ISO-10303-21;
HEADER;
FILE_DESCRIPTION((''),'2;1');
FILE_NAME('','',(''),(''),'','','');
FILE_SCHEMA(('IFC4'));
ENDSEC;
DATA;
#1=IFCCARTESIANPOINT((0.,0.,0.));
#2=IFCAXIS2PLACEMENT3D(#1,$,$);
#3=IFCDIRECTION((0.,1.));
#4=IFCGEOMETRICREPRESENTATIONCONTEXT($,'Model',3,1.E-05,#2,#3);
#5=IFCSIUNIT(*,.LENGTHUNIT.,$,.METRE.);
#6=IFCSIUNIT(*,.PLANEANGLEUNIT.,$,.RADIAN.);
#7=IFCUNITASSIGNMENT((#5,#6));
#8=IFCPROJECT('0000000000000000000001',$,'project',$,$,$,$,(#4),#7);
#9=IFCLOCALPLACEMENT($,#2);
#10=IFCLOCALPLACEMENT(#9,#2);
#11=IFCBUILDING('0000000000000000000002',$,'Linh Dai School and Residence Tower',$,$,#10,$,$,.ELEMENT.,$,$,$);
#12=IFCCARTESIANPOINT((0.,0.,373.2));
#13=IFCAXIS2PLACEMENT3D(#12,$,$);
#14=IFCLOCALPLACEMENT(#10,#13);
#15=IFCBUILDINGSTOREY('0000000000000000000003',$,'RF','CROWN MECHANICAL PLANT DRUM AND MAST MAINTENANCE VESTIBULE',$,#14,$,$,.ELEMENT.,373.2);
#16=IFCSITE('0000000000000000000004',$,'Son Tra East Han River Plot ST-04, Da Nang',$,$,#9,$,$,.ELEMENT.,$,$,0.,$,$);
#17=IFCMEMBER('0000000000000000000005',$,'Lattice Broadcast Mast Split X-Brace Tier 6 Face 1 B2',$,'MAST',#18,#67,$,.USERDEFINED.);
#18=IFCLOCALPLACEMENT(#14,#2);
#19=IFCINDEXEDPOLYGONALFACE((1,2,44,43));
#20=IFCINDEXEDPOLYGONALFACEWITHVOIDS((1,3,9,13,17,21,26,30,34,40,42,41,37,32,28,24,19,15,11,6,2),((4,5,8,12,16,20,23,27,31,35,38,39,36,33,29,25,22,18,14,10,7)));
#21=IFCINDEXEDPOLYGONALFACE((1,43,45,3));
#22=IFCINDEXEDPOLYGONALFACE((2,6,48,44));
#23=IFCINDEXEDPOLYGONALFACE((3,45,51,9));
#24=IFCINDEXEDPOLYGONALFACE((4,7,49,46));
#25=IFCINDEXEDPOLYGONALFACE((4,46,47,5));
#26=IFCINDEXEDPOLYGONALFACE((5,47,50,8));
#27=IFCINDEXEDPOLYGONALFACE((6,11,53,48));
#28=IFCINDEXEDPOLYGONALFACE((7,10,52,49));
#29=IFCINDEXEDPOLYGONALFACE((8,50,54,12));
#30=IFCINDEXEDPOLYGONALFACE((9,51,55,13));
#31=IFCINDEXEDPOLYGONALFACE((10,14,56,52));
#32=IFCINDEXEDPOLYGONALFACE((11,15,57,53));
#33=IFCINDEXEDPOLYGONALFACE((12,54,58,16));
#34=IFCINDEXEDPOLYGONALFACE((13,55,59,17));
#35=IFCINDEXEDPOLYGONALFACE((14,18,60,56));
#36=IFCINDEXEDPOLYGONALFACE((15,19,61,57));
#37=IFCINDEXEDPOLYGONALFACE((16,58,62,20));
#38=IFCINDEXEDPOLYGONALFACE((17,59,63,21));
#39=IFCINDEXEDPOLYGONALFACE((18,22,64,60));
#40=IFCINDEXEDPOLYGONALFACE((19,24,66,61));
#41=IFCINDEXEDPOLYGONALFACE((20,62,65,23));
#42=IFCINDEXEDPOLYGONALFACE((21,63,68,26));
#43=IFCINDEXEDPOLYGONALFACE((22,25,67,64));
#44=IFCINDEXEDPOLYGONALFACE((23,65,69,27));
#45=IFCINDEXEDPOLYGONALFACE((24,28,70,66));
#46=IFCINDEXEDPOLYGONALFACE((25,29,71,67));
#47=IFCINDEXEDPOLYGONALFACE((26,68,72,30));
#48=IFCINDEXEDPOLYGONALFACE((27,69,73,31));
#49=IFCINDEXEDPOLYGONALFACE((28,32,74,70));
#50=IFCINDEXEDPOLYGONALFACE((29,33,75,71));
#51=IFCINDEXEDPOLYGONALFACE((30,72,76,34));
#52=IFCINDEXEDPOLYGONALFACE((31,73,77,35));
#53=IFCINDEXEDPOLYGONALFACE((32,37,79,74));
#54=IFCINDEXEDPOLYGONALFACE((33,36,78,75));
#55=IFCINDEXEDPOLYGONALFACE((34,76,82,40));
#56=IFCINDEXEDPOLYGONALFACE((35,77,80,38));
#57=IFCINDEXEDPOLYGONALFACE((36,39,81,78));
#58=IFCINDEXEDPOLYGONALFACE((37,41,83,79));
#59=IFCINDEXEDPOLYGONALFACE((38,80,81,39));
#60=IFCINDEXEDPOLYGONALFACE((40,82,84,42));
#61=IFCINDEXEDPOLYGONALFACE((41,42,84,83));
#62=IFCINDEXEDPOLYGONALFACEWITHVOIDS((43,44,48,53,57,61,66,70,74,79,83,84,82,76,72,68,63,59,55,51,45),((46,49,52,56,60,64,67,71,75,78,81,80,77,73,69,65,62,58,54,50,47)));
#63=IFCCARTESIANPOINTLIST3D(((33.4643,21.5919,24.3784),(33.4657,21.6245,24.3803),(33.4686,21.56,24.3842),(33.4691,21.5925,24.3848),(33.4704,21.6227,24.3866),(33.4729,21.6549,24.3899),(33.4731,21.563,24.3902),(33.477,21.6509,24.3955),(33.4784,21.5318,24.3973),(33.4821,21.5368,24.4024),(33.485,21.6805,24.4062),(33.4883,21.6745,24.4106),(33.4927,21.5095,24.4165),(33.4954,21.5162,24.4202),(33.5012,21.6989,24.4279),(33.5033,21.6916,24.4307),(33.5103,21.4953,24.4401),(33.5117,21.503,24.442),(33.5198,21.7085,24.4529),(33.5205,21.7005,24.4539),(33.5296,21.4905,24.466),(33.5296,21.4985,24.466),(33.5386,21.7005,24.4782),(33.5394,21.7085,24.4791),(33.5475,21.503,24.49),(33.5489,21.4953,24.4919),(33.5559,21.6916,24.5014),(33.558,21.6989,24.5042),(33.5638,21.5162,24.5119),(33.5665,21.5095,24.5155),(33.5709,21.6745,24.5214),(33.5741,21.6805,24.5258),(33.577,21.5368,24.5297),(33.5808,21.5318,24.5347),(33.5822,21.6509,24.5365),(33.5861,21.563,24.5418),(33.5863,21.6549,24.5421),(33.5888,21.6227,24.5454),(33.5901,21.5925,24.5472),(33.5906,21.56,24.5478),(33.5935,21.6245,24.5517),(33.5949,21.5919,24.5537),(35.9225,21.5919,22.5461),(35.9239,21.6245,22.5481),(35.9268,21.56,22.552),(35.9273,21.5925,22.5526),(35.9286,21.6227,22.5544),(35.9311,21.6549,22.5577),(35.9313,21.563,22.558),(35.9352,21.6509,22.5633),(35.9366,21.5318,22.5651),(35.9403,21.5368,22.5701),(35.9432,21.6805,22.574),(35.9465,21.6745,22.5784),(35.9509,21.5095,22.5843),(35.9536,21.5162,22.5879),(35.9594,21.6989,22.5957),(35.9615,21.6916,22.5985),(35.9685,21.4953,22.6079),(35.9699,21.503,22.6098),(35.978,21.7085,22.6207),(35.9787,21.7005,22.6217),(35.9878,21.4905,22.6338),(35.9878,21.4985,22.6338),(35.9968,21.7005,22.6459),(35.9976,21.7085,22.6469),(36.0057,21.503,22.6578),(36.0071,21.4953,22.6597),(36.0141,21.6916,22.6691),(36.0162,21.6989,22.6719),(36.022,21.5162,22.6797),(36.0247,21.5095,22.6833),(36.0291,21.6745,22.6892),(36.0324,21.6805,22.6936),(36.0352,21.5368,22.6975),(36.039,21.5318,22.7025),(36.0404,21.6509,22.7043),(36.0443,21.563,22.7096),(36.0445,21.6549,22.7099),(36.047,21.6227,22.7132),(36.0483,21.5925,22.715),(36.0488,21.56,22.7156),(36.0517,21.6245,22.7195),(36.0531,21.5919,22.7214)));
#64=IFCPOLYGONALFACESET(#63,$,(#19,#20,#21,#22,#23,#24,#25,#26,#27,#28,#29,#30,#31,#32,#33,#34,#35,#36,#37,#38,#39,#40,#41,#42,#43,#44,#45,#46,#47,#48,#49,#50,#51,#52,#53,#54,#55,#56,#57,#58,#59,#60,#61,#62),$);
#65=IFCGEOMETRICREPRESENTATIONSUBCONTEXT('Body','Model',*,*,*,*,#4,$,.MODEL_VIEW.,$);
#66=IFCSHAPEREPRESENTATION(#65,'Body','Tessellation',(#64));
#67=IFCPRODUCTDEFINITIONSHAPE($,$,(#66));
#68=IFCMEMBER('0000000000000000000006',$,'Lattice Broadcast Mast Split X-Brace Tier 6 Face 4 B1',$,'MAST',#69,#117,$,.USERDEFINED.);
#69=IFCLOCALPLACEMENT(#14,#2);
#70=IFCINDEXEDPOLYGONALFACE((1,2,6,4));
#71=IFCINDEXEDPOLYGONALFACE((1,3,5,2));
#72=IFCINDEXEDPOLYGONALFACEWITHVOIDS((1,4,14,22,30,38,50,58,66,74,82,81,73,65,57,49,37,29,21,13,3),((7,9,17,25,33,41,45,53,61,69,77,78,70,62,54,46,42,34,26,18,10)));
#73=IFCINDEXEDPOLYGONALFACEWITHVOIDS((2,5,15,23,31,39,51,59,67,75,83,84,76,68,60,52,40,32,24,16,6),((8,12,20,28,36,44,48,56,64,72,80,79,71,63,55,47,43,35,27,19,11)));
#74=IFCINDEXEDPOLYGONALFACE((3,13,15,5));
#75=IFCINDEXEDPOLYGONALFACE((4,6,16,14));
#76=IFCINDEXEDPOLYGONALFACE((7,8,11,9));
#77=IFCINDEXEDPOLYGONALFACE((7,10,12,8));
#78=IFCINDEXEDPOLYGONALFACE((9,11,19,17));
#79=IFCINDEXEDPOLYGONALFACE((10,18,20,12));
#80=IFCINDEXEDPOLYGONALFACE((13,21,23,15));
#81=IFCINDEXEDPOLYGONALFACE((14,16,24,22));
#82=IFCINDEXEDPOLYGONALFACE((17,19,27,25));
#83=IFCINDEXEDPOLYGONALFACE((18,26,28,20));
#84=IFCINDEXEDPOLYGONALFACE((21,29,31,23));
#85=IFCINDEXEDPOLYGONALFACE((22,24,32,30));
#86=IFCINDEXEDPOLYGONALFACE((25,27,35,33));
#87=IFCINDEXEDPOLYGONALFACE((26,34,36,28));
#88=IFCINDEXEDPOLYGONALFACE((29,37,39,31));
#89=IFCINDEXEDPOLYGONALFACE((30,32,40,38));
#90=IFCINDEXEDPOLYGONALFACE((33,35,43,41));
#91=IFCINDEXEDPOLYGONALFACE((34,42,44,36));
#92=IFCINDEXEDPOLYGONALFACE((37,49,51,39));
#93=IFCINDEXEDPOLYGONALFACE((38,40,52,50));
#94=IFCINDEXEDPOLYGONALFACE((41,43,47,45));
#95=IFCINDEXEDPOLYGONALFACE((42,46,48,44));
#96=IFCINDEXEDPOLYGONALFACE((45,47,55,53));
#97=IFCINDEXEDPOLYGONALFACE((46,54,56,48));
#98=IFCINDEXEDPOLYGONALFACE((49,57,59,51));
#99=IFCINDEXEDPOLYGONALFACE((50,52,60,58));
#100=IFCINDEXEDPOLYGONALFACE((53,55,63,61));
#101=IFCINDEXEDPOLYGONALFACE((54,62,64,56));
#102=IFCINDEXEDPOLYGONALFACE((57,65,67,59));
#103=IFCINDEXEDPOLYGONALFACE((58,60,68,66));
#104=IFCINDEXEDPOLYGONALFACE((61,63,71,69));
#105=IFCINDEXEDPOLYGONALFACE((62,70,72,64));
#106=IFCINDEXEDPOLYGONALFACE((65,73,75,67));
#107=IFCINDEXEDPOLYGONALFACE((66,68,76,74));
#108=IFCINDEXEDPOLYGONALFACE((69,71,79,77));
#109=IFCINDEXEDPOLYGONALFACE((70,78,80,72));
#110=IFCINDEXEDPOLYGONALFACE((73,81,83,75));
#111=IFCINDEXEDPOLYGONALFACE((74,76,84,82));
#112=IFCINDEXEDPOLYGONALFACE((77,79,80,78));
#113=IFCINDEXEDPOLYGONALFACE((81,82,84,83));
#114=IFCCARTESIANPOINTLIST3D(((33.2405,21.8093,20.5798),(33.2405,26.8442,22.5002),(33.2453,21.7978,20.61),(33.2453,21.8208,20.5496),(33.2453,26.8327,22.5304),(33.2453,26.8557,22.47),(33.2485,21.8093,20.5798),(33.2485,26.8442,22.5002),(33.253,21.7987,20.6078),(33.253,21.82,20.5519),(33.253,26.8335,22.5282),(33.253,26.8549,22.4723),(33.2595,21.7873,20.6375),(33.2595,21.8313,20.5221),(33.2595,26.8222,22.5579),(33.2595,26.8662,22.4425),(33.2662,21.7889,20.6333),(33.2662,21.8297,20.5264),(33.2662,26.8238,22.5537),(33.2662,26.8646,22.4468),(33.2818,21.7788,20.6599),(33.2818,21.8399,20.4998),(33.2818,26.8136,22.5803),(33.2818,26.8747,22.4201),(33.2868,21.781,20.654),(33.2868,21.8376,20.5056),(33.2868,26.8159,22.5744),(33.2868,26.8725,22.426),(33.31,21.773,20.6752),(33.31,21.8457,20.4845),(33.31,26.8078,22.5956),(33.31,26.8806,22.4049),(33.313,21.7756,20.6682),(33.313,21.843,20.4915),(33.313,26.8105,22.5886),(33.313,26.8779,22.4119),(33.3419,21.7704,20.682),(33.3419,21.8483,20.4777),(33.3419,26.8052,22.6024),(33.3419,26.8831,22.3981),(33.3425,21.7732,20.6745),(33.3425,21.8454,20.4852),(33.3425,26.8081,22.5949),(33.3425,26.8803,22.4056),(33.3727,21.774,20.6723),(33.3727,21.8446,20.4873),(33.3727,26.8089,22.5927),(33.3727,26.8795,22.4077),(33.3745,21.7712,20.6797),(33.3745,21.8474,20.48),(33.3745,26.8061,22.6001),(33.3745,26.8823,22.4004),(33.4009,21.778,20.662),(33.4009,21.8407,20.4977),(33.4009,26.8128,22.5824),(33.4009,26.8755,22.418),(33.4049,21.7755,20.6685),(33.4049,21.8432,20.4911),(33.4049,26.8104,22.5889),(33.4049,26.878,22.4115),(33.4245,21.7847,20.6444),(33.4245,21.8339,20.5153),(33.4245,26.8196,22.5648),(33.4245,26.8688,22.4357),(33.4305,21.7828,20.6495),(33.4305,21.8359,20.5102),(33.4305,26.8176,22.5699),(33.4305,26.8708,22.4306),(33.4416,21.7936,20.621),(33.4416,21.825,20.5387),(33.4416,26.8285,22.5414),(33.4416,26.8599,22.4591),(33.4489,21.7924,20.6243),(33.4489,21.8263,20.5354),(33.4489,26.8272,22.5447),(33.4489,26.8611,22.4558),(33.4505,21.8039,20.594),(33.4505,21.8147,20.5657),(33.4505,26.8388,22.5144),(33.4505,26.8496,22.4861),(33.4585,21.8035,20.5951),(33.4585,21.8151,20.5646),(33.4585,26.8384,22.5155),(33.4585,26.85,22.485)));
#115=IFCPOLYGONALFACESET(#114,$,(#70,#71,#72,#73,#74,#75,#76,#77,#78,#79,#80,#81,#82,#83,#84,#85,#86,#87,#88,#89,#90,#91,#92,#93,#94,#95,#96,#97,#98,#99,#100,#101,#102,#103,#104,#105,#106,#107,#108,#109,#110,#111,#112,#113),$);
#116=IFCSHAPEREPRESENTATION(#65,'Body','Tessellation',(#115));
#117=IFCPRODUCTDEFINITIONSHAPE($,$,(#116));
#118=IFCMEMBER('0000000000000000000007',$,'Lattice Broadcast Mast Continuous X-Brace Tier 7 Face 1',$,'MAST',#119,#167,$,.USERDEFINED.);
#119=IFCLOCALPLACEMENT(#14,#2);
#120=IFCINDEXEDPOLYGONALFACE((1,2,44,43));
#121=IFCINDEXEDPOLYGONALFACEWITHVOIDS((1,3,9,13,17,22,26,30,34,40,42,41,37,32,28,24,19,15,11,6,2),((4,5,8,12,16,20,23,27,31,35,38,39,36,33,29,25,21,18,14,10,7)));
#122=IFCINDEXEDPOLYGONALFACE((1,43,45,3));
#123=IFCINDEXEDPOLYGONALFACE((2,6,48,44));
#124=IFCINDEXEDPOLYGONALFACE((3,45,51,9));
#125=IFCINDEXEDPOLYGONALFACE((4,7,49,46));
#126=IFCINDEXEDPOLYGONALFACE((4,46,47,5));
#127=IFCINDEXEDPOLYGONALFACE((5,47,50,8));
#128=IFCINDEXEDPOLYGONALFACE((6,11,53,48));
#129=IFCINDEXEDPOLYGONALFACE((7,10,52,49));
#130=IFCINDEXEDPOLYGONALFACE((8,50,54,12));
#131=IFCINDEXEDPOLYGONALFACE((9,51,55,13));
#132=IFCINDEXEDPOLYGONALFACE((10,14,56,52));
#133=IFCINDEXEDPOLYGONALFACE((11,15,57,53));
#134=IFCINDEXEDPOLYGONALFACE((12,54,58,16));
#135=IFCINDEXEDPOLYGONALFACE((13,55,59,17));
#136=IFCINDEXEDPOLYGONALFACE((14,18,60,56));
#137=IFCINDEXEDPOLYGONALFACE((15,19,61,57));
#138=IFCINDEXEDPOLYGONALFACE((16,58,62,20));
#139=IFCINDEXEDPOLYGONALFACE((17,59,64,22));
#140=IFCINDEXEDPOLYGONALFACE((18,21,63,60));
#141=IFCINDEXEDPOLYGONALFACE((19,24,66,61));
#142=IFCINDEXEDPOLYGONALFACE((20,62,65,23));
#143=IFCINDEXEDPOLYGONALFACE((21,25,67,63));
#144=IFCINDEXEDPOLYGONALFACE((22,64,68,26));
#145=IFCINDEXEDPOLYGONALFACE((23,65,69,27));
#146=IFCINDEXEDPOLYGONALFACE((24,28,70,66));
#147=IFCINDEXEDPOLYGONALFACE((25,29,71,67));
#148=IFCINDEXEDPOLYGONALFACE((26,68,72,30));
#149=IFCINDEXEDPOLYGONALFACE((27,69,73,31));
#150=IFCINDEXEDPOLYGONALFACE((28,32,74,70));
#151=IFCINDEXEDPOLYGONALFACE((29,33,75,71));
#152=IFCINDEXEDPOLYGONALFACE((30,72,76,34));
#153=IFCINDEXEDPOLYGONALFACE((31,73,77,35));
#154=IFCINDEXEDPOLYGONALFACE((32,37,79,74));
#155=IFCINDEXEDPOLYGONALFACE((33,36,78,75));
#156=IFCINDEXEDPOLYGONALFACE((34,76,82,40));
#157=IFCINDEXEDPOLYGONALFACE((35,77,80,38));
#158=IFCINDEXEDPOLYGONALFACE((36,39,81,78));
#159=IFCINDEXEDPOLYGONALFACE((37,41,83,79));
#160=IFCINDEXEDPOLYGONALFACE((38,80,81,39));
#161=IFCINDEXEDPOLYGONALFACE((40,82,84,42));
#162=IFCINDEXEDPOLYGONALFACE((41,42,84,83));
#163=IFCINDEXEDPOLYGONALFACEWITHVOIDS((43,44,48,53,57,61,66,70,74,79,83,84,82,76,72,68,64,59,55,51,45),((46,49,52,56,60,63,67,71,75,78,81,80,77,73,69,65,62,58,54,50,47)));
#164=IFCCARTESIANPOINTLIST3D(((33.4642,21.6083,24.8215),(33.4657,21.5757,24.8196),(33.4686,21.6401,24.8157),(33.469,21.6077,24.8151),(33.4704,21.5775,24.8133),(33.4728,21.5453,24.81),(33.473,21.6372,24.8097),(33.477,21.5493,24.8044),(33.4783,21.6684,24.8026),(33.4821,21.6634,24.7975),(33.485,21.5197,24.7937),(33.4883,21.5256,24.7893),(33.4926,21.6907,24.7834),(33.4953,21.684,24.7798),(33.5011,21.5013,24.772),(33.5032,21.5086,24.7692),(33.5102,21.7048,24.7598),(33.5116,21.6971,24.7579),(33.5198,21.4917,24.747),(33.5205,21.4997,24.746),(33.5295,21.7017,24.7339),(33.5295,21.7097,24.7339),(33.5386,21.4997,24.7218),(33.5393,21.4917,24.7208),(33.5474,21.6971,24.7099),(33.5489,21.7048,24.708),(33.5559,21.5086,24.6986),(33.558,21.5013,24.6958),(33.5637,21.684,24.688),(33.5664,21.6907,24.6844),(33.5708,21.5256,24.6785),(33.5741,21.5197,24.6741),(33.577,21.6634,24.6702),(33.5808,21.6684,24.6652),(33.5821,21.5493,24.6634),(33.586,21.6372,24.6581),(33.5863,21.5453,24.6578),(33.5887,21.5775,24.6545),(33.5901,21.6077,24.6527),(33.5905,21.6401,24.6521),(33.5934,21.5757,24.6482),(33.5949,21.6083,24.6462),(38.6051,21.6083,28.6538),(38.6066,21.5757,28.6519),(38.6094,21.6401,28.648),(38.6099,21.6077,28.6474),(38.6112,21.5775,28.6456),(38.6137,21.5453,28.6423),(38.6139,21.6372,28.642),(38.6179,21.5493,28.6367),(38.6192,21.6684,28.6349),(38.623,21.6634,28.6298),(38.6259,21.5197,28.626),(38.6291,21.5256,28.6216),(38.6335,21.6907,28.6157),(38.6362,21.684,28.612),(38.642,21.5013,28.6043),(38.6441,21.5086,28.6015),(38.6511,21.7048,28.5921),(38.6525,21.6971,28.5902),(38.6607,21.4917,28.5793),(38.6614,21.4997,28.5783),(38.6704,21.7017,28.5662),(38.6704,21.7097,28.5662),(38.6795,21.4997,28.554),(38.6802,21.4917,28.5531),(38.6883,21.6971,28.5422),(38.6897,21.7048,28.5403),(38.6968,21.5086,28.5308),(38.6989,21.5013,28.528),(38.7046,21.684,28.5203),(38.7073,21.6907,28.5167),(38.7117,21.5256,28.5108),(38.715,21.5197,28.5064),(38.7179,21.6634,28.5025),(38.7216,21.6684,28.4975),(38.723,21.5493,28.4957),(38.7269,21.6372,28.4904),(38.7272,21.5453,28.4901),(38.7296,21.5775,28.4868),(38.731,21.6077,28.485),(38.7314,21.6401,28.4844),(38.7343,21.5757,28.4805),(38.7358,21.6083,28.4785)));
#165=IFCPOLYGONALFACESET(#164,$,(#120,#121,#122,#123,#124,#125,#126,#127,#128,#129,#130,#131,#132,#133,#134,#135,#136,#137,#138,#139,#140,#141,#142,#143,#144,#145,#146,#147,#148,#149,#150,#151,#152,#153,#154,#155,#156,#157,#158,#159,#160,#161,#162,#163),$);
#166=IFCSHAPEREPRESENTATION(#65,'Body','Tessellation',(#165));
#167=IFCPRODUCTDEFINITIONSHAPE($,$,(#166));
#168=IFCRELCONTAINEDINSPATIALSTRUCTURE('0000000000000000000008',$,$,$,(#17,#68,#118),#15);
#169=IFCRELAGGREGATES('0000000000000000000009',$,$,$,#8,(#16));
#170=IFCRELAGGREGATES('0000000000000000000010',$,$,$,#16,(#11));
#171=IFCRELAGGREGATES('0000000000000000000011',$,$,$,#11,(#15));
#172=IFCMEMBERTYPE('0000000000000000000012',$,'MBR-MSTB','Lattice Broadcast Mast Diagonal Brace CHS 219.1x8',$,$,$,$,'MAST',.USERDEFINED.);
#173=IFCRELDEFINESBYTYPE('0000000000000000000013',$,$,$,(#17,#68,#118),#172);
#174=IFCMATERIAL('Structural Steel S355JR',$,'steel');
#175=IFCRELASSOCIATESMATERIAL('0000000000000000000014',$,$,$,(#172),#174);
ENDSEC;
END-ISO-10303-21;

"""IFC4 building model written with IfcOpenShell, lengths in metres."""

from ifc_helpers import new_model, si_unit, direction, frame, origin, origin_2d, place, context, subcontext, project, spatial, hollow_circle, extrude, material, material_profile, profile_set, type_object, element, save


model = new_model("IFC4")

# Units and contexts
model_context = context("Model", 3, precision=1e-05, world=origin(), true_north=direction((0.0, 1.0)))
body_context = subcontext(model_context, "Body", "Model", "MODEL_VIEW")
ifc_project = project(units=[si_unit("LENGTHUNIT", "METRE"), si_unit("PLANEANGLEUNIT", "RADIAN")], contexts=[model_context])

# Site, building, storey
site_placement = place(None, origin())
site = spatial("IfcSite", under=ifc_project, at=site_placement, Name="Son Tra East Han River Plot ST-04, Da Nang", CompositionType="ELEMENT", RefElevation=0.0)
building_placement = place(site_placement, origin())
building = spatial("IfcBuilding", under=site, at=building_placement, Name="Linh Dai School and Residence Tower", CompositionType="ELEMENT")
storey_placement = place(building_placement, frame((0.0, 0.0, 373.2)))
storey = spatial("IfcBuildingStorey", under=building, at=storey_placement, Name="RF", Description="CROWN MECHANICAL PLANT DRUM AND MAST MAINTENANCE VESTIBULE", CompositionType="ELEMENT", Elevation=373.2)

# Shared definitions
ifc_material_1 = material(Name="Structural Steel S355JR", Category="steel")

# Members
ifc_material_profile_1 = material_profile(ifc_material_1, hollow_circle(Radius=0.1096, WallThickness=0.0081, at=origin_2d()), Name="CHS 219.1x8")
ifc_profile_set_1 = profile_set([ifc_material_profile_1], Name="Structural Steel S355JR")
member_type = type_object("IfcMemberType", Name="MBR-MSTB", Description="Lattice Broadcast Mast Diagonal Brace CHS 219.1x8", ElementType="MAST", PredefinedType="USERDEFINED", material=ifc_profile_set_1)
member_1_placement = place(storey_placement, frame((35.9878, 21.6001, 22.6338), z_axis=(-0.801783, 0.0, 0.597615), x_axis=(0.0, -1.0, 0.0)))
element("IfcMember", 1, at=member_1_placement, inside=storey, type_object=member_type, Name="Lattice Broadcast Mast Split X-Brace Tier 6 Face 1 B2", ObjectType="MAST", PredefinedType="USERDEFINED", context=body_context, shape_type="SweptSolid", body=[
    extrude(hollow_circle(Radius=0.1096, WallThickness=0.0081, at=origin_2d()), origin(), (0.0, 0.0, 1.0), 3.0659),
])
member_2_placement = place(storey_placement, frame((33.3501, 21.8093, 20.5798), z_axis=(0.0, 0.934343, 0.356376), x_axis=(-1.0, 0.0, 0.0)))
element("IfcMember", 2, at=member_2_placement, inside=storey, type_object=member_type, Name="Lattice Broadcast Mast Split X-Brace Tier 6 Face 4 B1", ObjectType="MAST", PredefinedType="USERDEFINED", context=body_context, shape_type="SweptSolid", body=[
    extrude(hollow_circle(Radius=0.1096, WallThickness=0.0081, at=origin_2d()), origin(), (0.0, 0.0, 1.0), 5.3887),
])
member_3_placement = place(storey_placement, frame((33.5295, 21.6001, 24.7339), z_axis=(0.801747, 0.0, 0.597664), x_axis=(0.0, 1.0, 0.0)))
element("IfcMember", 3, at=member_3_placement, inside=storey, type_object=member_type, Name="Lattice Broadcast Mast Continuous X-Brace Tier 7 Face 1", ObjectType="MAST", PredefinedType="USERDEFINED", context=body_context, shape_type="SweptSolid", body=[
    extrude(hollow_circle(Radius=0.1096, WallThickness=0.0081, at=origin_2d()), origin(), (0.0, 0.0, 1.0), 6.4121),
])

save(model, "model.ifc")
